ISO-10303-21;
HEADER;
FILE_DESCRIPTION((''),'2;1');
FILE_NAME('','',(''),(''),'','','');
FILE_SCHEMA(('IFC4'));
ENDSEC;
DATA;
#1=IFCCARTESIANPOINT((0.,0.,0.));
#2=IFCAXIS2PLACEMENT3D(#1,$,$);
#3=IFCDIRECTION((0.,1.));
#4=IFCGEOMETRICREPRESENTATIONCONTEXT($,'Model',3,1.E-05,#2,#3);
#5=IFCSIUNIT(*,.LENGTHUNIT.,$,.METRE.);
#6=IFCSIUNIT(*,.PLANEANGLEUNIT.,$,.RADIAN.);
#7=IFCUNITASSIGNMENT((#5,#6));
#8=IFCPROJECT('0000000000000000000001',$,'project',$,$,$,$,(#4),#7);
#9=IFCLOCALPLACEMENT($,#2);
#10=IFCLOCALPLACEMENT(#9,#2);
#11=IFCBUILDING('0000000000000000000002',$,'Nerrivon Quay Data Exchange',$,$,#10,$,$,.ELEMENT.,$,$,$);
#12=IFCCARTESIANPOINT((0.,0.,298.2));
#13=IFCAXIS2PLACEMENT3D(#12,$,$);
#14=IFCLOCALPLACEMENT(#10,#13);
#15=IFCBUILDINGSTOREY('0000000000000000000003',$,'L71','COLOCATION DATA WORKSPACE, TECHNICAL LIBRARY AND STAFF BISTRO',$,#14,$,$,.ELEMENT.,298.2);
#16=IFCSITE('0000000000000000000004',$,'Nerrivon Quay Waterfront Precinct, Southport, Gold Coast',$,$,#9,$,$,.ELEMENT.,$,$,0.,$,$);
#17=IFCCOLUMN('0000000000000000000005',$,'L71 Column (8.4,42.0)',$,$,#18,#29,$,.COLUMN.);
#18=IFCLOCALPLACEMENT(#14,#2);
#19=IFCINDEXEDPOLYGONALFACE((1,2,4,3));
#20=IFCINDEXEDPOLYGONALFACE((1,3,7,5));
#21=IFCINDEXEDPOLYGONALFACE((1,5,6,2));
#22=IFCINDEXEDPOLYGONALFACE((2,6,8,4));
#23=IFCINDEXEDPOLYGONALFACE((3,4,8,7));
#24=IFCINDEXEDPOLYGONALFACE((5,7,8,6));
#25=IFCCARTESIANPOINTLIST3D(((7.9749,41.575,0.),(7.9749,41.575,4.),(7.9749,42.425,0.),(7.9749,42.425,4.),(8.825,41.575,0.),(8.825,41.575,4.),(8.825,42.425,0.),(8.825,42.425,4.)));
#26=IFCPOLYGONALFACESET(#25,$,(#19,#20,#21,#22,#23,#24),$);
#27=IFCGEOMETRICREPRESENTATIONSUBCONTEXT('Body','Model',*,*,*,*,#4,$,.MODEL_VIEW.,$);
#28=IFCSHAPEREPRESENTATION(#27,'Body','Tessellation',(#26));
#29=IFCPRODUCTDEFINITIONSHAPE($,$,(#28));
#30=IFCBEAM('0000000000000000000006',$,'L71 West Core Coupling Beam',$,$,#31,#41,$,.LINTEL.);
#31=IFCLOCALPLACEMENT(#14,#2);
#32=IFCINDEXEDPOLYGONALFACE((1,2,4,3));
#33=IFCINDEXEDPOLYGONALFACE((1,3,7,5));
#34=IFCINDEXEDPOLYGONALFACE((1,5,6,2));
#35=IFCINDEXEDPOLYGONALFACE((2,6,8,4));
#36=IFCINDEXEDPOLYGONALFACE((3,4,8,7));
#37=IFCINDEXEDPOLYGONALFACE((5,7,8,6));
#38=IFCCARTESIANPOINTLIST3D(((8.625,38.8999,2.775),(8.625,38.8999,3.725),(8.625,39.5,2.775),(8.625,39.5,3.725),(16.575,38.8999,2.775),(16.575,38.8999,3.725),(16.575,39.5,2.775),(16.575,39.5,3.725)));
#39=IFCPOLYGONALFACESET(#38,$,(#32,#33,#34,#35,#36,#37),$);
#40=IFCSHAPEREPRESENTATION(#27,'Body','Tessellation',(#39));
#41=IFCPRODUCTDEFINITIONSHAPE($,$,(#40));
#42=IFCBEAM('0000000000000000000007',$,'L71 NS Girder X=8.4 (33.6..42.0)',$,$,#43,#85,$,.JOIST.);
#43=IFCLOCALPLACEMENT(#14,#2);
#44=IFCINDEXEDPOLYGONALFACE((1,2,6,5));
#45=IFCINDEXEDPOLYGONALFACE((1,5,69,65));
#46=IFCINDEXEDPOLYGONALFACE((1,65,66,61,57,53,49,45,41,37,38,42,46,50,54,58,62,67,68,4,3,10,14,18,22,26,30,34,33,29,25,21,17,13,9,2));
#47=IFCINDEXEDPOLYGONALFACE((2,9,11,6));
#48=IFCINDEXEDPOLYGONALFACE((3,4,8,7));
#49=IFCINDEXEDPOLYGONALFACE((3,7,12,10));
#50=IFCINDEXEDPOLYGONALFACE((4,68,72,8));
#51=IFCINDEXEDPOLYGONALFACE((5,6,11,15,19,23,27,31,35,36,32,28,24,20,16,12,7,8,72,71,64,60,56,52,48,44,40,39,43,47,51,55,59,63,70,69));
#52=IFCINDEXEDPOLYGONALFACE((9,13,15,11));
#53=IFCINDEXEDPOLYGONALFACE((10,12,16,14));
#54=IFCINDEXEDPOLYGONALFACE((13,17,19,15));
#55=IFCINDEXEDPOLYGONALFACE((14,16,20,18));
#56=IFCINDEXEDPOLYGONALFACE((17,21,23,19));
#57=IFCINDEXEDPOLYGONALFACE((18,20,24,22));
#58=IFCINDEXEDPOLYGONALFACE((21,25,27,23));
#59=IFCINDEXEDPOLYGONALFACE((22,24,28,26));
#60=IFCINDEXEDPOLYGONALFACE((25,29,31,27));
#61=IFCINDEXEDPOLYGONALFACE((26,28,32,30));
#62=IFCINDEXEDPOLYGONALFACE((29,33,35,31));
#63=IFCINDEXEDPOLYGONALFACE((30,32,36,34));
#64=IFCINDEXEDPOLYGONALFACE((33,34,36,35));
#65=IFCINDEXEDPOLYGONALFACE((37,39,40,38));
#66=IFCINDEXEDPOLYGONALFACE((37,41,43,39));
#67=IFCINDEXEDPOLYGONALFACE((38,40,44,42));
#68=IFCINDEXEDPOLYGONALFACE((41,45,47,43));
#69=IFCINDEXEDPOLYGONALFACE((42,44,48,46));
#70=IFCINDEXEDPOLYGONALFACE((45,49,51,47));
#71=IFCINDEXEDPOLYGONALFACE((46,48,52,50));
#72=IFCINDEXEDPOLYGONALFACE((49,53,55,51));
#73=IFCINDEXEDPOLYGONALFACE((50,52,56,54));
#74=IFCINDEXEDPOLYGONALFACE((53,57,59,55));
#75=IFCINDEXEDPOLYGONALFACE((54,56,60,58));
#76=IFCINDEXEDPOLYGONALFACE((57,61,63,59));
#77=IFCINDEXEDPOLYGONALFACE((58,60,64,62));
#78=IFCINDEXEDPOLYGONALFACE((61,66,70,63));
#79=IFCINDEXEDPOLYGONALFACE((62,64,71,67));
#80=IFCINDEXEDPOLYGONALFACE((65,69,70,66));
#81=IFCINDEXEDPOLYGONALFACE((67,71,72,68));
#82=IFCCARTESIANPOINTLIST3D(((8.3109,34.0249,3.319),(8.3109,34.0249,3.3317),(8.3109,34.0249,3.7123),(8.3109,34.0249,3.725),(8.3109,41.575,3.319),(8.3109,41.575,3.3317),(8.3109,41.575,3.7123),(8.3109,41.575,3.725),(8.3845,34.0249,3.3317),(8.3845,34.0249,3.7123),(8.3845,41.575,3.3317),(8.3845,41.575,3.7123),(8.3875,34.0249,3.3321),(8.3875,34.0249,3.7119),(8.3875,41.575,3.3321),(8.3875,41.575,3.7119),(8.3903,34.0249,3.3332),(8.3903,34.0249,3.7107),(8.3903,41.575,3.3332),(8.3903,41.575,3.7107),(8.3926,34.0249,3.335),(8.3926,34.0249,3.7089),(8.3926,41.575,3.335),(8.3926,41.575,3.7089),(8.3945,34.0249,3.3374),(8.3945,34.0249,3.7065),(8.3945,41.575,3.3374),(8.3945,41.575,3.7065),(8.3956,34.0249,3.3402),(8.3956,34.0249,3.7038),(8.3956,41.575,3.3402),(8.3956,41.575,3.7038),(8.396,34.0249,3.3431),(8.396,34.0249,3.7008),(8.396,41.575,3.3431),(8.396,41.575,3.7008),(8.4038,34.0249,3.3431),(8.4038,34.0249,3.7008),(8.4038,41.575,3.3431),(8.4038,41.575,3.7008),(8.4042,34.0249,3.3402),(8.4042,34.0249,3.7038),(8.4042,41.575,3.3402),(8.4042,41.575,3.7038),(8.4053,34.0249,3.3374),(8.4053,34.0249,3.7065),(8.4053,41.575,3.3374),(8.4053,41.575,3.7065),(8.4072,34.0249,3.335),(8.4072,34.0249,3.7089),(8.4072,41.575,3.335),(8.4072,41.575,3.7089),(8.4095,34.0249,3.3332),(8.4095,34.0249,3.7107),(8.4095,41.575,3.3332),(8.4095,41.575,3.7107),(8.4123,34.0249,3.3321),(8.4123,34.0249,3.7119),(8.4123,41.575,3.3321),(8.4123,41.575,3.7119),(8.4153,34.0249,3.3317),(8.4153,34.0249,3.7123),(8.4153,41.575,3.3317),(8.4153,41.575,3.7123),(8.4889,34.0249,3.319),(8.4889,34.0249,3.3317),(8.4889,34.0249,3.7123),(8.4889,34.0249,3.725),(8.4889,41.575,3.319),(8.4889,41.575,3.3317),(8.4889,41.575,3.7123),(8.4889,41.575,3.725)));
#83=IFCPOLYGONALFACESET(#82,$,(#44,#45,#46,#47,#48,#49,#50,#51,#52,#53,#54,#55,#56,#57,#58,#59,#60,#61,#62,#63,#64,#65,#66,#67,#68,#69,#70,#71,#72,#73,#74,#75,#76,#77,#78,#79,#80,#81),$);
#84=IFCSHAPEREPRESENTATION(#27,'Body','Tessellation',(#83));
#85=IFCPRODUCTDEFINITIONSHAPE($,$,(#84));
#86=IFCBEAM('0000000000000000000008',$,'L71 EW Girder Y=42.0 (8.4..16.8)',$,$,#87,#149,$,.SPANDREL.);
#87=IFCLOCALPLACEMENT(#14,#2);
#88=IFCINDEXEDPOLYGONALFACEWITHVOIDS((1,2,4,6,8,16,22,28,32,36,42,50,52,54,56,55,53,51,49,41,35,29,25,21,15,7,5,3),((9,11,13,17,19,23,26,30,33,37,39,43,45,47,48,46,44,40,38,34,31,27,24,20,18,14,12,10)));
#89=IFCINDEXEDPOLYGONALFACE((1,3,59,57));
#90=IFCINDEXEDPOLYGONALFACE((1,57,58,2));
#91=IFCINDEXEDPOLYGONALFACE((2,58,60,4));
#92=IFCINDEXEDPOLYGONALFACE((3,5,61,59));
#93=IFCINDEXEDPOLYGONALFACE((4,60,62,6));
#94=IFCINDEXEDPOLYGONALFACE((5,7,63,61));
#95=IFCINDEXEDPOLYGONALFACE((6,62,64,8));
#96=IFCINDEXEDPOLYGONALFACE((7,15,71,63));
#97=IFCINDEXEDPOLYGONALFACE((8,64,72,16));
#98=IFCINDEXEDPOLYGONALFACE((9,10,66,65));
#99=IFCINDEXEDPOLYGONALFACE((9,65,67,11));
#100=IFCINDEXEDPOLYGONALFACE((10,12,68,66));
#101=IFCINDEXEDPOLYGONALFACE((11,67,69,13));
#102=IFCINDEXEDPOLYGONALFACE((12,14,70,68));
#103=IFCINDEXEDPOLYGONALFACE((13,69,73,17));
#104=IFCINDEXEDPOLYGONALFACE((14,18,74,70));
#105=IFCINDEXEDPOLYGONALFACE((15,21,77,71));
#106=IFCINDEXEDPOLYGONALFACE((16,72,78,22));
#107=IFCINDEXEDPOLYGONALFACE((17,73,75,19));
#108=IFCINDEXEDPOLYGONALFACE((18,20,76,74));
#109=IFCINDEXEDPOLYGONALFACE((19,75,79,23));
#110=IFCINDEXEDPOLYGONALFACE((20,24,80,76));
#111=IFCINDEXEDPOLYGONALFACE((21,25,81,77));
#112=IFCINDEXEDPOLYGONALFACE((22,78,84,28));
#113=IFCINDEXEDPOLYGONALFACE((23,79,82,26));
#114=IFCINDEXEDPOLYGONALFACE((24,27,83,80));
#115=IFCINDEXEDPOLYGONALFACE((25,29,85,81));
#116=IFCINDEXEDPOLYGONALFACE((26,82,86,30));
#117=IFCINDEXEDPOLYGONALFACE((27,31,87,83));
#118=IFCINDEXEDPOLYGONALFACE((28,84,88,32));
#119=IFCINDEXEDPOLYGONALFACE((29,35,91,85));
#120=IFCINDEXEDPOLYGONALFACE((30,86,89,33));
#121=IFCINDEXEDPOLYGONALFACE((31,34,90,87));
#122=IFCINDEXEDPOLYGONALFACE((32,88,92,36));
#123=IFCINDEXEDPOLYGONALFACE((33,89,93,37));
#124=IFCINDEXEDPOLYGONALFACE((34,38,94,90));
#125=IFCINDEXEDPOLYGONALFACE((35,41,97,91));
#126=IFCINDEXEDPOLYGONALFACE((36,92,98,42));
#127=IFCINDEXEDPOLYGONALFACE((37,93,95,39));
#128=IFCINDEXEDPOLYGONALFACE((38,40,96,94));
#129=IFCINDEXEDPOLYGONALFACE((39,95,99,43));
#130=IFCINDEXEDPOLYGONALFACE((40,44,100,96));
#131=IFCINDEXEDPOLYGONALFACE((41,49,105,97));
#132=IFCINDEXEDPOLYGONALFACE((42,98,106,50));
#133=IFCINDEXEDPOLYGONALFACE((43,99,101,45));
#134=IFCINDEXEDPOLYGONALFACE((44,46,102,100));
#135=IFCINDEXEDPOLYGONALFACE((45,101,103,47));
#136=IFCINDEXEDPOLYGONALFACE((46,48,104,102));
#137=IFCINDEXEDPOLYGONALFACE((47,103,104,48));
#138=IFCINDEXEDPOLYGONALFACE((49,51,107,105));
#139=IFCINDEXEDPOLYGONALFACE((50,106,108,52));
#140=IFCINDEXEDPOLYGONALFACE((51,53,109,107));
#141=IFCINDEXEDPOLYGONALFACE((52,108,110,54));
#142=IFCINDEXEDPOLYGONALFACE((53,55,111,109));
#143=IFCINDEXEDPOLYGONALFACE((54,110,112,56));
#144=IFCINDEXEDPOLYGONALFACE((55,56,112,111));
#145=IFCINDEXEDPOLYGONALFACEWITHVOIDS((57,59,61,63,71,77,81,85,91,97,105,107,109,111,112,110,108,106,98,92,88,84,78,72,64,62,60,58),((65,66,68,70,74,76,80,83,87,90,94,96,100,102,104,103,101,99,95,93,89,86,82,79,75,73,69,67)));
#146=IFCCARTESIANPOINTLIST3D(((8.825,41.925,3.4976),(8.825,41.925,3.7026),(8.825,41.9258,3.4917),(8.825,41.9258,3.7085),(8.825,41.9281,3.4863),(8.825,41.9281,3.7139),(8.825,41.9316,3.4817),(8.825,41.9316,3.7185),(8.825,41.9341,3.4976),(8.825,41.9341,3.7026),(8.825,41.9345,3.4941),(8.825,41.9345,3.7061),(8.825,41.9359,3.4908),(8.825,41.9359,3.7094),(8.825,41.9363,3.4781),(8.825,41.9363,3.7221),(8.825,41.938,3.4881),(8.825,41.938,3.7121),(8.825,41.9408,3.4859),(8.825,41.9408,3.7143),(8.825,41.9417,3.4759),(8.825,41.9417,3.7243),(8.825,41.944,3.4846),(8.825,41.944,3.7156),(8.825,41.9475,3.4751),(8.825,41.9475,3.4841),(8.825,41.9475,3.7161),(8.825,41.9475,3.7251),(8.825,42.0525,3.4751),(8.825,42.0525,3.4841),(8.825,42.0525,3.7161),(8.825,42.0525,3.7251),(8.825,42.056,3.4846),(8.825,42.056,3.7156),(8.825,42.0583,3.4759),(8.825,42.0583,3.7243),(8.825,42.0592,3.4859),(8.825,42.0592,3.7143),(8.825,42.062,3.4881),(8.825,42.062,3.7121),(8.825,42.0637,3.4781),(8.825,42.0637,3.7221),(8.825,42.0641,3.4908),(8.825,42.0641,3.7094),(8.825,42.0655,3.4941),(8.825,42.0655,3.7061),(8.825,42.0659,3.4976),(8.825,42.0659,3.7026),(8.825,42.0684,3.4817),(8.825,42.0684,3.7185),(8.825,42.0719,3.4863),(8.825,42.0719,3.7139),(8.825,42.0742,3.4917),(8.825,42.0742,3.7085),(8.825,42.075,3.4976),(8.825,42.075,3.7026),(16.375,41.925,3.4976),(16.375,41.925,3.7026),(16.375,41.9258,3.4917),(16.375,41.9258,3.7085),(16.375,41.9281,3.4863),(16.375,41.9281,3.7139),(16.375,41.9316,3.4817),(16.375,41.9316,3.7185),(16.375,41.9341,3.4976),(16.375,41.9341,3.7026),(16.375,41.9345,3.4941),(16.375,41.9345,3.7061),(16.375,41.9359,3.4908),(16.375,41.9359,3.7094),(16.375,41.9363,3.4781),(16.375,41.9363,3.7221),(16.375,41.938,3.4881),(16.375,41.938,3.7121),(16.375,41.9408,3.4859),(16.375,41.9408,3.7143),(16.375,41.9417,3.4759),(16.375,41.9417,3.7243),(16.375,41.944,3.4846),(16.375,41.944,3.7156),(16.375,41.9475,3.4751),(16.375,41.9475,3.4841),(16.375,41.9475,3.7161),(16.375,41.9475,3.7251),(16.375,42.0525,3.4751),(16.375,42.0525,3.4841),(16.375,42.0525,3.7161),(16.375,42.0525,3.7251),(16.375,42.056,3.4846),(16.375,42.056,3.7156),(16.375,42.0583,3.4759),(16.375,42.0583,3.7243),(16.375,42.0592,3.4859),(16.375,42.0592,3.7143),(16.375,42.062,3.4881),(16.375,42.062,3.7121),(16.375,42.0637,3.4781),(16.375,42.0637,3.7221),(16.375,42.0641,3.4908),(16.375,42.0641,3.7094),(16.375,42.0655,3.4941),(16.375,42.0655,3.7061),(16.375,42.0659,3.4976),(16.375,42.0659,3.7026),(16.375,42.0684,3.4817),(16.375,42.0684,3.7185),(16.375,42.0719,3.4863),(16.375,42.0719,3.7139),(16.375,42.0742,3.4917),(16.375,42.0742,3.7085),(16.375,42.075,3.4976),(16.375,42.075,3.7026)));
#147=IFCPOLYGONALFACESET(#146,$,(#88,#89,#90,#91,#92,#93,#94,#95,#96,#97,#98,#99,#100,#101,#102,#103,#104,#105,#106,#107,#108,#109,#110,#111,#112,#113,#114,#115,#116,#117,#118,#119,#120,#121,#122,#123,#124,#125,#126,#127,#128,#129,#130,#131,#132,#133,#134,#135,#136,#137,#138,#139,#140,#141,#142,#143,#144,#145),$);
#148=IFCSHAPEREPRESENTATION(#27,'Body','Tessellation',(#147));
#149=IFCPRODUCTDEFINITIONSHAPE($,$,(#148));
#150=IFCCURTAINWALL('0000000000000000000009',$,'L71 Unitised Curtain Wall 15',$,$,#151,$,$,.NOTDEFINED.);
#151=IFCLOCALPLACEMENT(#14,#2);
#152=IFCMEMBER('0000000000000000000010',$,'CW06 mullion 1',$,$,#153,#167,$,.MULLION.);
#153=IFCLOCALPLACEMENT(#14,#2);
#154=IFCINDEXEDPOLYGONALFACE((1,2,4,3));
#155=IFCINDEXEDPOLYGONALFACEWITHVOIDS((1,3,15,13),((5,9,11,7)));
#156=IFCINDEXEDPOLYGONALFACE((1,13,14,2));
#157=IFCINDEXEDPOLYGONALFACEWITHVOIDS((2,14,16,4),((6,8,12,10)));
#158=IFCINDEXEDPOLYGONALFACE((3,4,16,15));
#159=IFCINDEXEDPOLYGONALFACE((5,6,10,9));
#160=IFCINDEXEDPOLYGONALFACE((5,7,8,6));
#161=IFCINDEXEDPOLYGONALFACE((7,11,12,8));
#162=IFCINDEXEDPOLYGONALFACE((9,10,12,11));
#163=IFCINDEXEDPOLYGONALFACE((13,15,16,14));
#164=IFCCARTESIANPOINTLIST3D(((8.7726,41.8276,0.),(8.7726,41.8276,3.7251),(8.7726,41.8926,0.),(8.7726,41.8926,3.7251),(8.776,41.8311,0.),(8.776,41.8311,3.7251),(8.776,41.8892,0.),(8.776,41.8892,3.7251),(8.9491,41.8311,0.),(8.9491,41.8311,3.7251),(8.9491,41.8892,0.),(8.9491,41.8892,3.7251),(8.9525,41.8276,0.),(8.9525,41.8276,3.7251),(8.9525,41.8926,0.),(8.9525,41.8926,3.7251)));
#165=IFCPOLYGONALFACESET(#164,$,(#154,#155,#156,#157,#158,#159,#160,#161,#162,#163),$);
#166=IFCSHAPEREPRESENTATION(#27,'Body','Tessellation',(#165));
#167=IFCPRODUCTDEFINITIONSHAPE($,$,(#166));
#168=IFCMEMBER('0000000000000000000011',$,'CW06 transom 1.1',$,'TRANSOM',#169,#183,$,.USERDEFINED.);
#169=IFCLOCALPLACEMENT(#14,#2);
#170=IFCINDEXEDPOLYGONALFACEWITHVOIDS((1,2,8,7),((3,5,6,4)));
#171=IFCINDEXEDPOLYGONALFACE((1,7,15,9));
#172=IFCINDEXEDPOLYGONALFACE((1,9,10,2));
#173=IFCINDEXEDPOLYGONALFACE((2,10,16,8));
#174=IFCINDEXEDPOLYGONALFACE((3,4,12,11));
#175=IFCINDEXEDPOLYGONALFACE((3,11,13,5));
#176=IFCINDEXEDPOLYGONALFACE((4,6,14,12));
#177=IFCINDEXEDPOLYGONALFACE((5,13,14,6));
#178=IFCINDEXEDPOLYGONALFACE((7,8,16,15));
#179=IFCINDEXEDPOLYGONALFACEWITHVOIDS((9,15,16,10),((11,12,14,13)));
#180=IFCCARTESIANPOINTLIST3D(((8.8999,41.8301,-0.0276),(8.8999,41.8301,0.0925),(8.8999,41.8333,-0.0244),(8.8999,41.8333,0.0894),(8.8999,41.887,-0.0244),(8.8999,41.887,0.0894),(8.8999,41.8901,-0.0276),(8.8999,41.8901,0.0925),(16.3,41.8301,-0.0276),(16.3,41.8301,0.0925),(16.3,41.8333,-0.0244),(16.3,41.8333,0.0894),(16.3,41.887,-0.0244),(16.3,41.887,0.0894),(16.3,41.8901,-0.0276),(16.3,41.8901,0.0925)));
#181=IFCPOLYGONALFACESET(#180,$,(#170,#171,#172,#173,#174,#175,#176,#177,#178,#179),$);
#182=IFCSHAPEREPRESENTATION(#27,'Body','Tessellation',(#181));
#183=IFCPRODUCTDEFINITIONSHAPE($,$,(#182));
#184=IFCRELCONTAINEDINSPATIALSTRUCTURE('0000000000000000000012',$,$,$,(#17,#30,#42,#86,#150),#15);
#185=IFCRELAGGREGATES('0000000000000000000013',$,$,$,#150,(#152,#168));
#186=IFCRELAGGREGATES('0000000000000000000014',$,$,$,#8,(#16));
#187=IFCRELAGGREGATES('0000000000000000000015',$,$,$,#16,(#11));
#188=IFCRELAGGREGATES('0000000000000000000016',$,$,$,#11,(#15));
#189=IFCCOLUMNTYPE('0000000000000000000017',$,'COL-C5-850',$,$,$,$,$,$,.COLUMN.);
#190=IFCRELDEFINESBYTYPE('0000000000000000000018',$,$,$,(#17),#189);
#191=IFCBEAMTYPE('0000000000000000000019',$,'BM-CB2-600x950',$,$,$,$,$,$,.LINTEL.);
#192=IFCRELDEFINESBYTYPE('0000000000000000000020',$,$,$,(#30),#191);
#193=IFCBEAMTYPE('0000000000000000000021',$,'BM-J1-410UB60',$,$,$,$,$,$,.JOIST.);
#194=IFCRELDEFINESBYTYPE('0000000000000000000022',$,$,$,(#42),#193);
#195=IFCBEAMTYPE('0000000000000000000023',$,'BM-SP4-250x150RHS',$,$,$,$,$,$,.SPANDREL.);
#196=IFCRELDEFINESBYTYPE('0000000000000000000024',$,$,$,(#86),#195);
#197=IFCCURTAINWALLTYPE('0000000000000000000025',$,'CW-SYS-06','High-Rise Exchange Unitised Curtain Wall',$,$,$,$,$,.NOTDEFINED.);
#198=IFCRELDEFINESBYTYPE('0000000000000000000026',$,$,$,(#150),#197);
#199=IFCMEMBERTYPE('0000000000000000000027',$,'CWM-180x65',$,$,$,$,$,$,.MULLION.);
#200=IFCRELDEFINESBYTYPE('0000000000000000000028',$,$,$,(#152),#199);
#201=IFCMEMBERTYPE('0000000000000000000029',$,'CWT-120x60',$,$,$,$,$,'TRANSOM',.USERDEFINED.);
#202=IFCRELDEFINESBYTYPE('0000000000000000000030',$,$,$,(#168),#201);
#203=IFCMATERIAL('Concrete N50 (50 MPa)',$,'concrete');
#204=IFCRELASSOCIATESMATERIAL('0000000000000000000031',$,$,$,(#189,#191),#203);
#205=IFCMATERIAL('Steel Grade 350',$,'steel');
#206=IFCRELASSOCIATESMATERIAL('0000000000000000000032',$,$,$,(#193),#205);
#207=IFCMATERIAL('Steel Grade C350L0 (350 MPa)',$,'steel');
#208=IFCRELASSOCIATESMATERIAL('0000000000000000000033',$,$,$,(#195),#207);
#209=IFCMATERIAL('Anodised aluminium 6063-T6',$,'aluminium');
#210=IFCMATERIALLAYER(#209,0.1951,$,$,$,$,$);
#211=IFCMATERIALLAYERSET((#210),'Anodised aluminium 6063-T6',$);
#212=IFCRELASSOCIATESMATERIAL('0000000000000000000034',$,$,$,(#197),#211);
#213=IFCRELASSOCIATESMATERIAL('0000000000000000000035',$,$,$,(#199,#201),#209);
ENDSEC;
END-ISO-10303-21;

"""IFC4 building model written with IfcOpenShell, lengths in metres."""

from ifc_helpers import new_model, si_unit, direction, frame, origin, origin_2d, place, context, subcontext, project, spatial, rectangle, hollow_rectangle, i_section, extrude, material, layer, layer_set, material_profile, profile_set, type_object, element, aggregate, save


model = new_model("IFC4")

# Units and contexts
model_context = context("Model", 3, precision=1e-05, world=origin(), true_north=direction((0.0, 1.0)))
body_context = subcontext(model_context, "Body", "Model", "MODEL_VIEW")
ifc_project = project(units=[si_unit("LENGTHUNIT", "METRE"), si_unit("PLANEANGLEUNIT", "RADIAN")], contexts=[model_context])

# Site, building, storey
site_placement = place(None, origin())
site = spatial("IfcSite", under=ifc_project, at=site_placement, Name="Nerrivon Quay Waterfront Precinct, Southport, Gold Coast", CompositionType="ELEMENT", RefElevation=0.0)
building_placement = place(site_placement, origin())
building = spatial("IfcBuilding", under=site, at=building_placement, Name="Nerrivon Quay Data Exchange", CompositionType="ELEMENT")
storey_placement = place(building_placement, frame((0.0, 0.0, 298.2)))
storey = spatial("IfcBuildingStorey", under=building, at=storey_placement, Name="L71", Description="COLOCATION DATA WORKSPACE, TECHNICAL LIBRARY AND STAFF BISTRO", CompositionType="ELEMENT", Elevation=298.2)

# Column
ifc_material_1 = material(Name="Concrete N50 (50 MPa)", Category="concrete")
ifc_material_profile_1 = material_profile(ifc_material_1, rectangle(XDim=0.8501, YDim=0.8501, at=origin_2d()), Name="RC-COL-850x850")
ifc_profile_set_1 = profile_set([ifc_material_profile_1], Name="Concrete N50 (50 MPa)")
column_type = type_object("IfcColumnType", Name="COL-C5-850", PredefinedType="COLUMN", material=ifc_profile_set_1)
column_placement = place(storey_placement, frame((8.3999, 42.0, 0.0), z_axis=(0.0, 0.0, 1.0), x_axis=(1.0, 0.0, 0.0)))
element("IfcColumn", 1, at=column_placement, inside=storey, type_object=column_type, Name="L71 Column (8.4,42.0)", PredefinedType="COLUMN", context=body_context, shape_type="SweptSolid", body=[
    extrude(rectangle(XDim=0.8501, YDim=0.8501, at=origin_2d()), origin(), (0.0, 0.0, 1.0), 4.0),
])

# Beams
ifc_material_profile_2 = material_profile(ifc_material_1, rectangle(XDim=0.6001, YDim=0.95, at=origin_2d()), Name="RC-CB-600x950")
ifc_profile_set_2 = profile_set([ifc_material_profile_2], Name="Concrete N50 (50 MPa)")
beam_type_1 = type_object("IfcBeamType", Name="BM-CB2-600x950", PredefinedType="LINTEL", material=ifc_profile_set_2)
beam_1_placement = place(storey_placement, frame((8.625, 39.2, 3.25), z_axis=(1.0, 0.0, 0.0), x_axis=(0.0, 1.0, 0.0)))
element("IfcBeam", 2, at=beam_1_placement, inside=storey, type_object=beam_type_1, Name="L71 West Core Coupling Beam", PredefinedType="LINTEL", context=body_context, shape_type="SweptSolid", body=[
    extrude(rectangle(XDim=0.6001, YDim=0.95, at=origin_2d()), origin(), (0.0, 0.0, 1.0), 7.95),
])
ifc_material_2 = material(Name="Steel Grade 350", Category="steel")
ifc_material_profile_3 = material_profile(ifc_material_2, i_section(OverallWidth=0.178, OverallDepth=0.406, WebThickness=0.0078, FlangeThickness=0.0127, FilletRadius=0.0115, at=origin_2d()), Name="410UB59.7")
ifc_profile_set_3 = profile_set([ifc_material_profile_3], Name="Steel Grade 350")
beam_type_2 = type_object("IfcBeamType", Name="BM-J1-410UB60", PredefinedType="JOIST", material=ifc_profile_set_3)
beam_2_placement = place(storey_placement, frame((8.3999, 34.0249, 3.522), z_axis=(0.0, 1.0, 0.0), x_axis=(-1.0, 0.0, 0.0)))
element("IfcBeam", 3, at=beam_2_placement, inside=storey, type_object=beam_type_2, Name="L71 NS Girder X=8.4 (33.6..42.0)", PredefinedType="JOIST", context=body_context, shape_type="SweptSolid", body=[
    extrude(i_section(OverallWidth=0.178, OverallDepth=0.406, WebThickness=0.0078, FlangeThickness=0.0127, FilletRadius=0.0115, at=origin_2d()), origin(), (0.0, 0.0, 1.0), 7.55),
])
ifc_material_3 = material(Name="Steel Grade C350L0 (350 MPa)", Category="steel")
ifc_material_profile_4 = material_profile(ifc_material_3, hollow_rectangle(XDim=0.1499, YDim=0.25, WallThickness=0.009, InnerFilletRadius=0.0134, OuterFilletRadius=0.0225, at=origin_2d()), Name="250x150x9.0RHS")
ifc_profile_set_4 = profile_set([ifc_material_profile_4], Name="Steel Grade C350L0 (350 MPa)")
beam_type_3 = type_object("IfcBeamType", Name="BM-SP4-250x150RHS", PredefinedType="SPANDREL", material=ifc_profile_set_4)
beam_3_placement = place(storey_placement, frame((8.825, 42.0, 3.6001), z_axis=(1.0, 0.0, 0.0), x_axis=(0.0, 1.0, 0.0)))
element("IfcBeam", 4, at=beam_3_placement, inside=storey, type_object=beam_type_3, Name="L71 EW Girder Y=42.0 (8.4..16.8)", PredefinedType="SPANDREL", context=body_context, shape_type="SweptSolid", body=[
    extrude(hollow_rectangle(XDim=0.1499, YDim=0.25, WallThickness=0.009, InnerFilletRadius=0.0134, OuterFilletRadius=0.0225, at=origin_2d()), origin(), (0.0, 0.0, 1.0), 7.55),
])

# Curtain wall, members
ifc_material_4 = material(Name="Anodised aluminium 6063-T6", Category="aluminium")
ifc_layer_1 = layer(ifc_material_4, 0.1951)
ifc_layer_set_1 = layer_set([ifc_layer_1], Name="Anodised aluminium 6063-T6")
curtain_wall_type = type_object("IfcCurtainWallType", Name="CW-SYS-06", Description="High-Rise Exchange Unitised Curtain Wall", PredefinedType="NOTDEFINED", material=ifc_layer_set_1)
curtain_wall_placement = place(storey_placement, origin())
curtain_wall = element("IfcCurtainWall", 5, at=curtain_wall_placement, inside=storey, type_object=curtain_wall_type, Name="L71 Unitised Curtain Wall 15", PredefinedType="NOTDEFINED")
ifc_material_profile_5 = material_profile(ifc_material_4, hollow_rectangle(XDim=0.0649, YDim=0.1799, WallThickness=0.0034, at=origin_2d()), Name="ALU-MULL-180x65")
ifc_profile_set_5 = profile_set([ifc_material_profile_5], Name="Anodised aluminium 6063-T6")
member_type_1 = type_object("IfcMemberType", Name="CWM-180x65", PredefinedType="MULLION", material=ifc_profile_set_5)
member_1_placement = place(storey_placement, frame((8.8625, 41.8601, 0.0), z_axis=(0.0, 0.0, 1.0), x_axis=(0.0, 1.0, 0.0)))
member_1 = element("IfcMember", 6, at=member_1_placement, type_object=member_type_1, Name="CW06 mullion 1", PredefinedType="MULLION", context=body_context, shape_type="SweptSolid", body=[
    extrude(hollow_rectangle(XDim=0.0649, YDim=0.1799, WallThickness=0.0034, at=origin_2d()), origin(), (0.0, 0.0, 1.0), 3.7251),
])
ifc_material_profile_6 = material_profile(ifc_material_4, hollow_rectangle(XDim=0.0601, YDim=0.1201, WallThickness=0.0032, at=origin_2d()), Name="ALU-TRAN-120x60")
ifc_profile_set_6 = profile_set([ifc_material_profile_6], Name="Anodised aluminium 6063-T6")
member_type_2 = type_object("IfcMemberType", Name="CWT-120x60", ElementType="TRANSOM", PredefinedType="USERDEFINED", material=ifc_profile_set_6)
member_2_placement = place(storey_placement, frame((8.8999, 41.8601, 0.0325), z_axis=(1.0, 0.0, 0.0), x_axis=(0.0, 1.0, 0.0)))
member_2 = element("IfcMember", 7, at=member_2_placement, type_object=member_type_2, Name="CW06 transom 1.1", ObjectType="TRANSOM", PredefinedType="USERDEFINED", context=body_context, shape_type="SweptSolid", body=[
    extrude(hollow_rectangle(XDim=0.0601, YDim=0.1201, WallThickness=0.0032, at=origin_2d()), origin(), (0.0, 0.0, 1.0), 7.4001),
])
aggregate(curtain_wall, [member_1, member_2])

save(model, "model.ifc")
